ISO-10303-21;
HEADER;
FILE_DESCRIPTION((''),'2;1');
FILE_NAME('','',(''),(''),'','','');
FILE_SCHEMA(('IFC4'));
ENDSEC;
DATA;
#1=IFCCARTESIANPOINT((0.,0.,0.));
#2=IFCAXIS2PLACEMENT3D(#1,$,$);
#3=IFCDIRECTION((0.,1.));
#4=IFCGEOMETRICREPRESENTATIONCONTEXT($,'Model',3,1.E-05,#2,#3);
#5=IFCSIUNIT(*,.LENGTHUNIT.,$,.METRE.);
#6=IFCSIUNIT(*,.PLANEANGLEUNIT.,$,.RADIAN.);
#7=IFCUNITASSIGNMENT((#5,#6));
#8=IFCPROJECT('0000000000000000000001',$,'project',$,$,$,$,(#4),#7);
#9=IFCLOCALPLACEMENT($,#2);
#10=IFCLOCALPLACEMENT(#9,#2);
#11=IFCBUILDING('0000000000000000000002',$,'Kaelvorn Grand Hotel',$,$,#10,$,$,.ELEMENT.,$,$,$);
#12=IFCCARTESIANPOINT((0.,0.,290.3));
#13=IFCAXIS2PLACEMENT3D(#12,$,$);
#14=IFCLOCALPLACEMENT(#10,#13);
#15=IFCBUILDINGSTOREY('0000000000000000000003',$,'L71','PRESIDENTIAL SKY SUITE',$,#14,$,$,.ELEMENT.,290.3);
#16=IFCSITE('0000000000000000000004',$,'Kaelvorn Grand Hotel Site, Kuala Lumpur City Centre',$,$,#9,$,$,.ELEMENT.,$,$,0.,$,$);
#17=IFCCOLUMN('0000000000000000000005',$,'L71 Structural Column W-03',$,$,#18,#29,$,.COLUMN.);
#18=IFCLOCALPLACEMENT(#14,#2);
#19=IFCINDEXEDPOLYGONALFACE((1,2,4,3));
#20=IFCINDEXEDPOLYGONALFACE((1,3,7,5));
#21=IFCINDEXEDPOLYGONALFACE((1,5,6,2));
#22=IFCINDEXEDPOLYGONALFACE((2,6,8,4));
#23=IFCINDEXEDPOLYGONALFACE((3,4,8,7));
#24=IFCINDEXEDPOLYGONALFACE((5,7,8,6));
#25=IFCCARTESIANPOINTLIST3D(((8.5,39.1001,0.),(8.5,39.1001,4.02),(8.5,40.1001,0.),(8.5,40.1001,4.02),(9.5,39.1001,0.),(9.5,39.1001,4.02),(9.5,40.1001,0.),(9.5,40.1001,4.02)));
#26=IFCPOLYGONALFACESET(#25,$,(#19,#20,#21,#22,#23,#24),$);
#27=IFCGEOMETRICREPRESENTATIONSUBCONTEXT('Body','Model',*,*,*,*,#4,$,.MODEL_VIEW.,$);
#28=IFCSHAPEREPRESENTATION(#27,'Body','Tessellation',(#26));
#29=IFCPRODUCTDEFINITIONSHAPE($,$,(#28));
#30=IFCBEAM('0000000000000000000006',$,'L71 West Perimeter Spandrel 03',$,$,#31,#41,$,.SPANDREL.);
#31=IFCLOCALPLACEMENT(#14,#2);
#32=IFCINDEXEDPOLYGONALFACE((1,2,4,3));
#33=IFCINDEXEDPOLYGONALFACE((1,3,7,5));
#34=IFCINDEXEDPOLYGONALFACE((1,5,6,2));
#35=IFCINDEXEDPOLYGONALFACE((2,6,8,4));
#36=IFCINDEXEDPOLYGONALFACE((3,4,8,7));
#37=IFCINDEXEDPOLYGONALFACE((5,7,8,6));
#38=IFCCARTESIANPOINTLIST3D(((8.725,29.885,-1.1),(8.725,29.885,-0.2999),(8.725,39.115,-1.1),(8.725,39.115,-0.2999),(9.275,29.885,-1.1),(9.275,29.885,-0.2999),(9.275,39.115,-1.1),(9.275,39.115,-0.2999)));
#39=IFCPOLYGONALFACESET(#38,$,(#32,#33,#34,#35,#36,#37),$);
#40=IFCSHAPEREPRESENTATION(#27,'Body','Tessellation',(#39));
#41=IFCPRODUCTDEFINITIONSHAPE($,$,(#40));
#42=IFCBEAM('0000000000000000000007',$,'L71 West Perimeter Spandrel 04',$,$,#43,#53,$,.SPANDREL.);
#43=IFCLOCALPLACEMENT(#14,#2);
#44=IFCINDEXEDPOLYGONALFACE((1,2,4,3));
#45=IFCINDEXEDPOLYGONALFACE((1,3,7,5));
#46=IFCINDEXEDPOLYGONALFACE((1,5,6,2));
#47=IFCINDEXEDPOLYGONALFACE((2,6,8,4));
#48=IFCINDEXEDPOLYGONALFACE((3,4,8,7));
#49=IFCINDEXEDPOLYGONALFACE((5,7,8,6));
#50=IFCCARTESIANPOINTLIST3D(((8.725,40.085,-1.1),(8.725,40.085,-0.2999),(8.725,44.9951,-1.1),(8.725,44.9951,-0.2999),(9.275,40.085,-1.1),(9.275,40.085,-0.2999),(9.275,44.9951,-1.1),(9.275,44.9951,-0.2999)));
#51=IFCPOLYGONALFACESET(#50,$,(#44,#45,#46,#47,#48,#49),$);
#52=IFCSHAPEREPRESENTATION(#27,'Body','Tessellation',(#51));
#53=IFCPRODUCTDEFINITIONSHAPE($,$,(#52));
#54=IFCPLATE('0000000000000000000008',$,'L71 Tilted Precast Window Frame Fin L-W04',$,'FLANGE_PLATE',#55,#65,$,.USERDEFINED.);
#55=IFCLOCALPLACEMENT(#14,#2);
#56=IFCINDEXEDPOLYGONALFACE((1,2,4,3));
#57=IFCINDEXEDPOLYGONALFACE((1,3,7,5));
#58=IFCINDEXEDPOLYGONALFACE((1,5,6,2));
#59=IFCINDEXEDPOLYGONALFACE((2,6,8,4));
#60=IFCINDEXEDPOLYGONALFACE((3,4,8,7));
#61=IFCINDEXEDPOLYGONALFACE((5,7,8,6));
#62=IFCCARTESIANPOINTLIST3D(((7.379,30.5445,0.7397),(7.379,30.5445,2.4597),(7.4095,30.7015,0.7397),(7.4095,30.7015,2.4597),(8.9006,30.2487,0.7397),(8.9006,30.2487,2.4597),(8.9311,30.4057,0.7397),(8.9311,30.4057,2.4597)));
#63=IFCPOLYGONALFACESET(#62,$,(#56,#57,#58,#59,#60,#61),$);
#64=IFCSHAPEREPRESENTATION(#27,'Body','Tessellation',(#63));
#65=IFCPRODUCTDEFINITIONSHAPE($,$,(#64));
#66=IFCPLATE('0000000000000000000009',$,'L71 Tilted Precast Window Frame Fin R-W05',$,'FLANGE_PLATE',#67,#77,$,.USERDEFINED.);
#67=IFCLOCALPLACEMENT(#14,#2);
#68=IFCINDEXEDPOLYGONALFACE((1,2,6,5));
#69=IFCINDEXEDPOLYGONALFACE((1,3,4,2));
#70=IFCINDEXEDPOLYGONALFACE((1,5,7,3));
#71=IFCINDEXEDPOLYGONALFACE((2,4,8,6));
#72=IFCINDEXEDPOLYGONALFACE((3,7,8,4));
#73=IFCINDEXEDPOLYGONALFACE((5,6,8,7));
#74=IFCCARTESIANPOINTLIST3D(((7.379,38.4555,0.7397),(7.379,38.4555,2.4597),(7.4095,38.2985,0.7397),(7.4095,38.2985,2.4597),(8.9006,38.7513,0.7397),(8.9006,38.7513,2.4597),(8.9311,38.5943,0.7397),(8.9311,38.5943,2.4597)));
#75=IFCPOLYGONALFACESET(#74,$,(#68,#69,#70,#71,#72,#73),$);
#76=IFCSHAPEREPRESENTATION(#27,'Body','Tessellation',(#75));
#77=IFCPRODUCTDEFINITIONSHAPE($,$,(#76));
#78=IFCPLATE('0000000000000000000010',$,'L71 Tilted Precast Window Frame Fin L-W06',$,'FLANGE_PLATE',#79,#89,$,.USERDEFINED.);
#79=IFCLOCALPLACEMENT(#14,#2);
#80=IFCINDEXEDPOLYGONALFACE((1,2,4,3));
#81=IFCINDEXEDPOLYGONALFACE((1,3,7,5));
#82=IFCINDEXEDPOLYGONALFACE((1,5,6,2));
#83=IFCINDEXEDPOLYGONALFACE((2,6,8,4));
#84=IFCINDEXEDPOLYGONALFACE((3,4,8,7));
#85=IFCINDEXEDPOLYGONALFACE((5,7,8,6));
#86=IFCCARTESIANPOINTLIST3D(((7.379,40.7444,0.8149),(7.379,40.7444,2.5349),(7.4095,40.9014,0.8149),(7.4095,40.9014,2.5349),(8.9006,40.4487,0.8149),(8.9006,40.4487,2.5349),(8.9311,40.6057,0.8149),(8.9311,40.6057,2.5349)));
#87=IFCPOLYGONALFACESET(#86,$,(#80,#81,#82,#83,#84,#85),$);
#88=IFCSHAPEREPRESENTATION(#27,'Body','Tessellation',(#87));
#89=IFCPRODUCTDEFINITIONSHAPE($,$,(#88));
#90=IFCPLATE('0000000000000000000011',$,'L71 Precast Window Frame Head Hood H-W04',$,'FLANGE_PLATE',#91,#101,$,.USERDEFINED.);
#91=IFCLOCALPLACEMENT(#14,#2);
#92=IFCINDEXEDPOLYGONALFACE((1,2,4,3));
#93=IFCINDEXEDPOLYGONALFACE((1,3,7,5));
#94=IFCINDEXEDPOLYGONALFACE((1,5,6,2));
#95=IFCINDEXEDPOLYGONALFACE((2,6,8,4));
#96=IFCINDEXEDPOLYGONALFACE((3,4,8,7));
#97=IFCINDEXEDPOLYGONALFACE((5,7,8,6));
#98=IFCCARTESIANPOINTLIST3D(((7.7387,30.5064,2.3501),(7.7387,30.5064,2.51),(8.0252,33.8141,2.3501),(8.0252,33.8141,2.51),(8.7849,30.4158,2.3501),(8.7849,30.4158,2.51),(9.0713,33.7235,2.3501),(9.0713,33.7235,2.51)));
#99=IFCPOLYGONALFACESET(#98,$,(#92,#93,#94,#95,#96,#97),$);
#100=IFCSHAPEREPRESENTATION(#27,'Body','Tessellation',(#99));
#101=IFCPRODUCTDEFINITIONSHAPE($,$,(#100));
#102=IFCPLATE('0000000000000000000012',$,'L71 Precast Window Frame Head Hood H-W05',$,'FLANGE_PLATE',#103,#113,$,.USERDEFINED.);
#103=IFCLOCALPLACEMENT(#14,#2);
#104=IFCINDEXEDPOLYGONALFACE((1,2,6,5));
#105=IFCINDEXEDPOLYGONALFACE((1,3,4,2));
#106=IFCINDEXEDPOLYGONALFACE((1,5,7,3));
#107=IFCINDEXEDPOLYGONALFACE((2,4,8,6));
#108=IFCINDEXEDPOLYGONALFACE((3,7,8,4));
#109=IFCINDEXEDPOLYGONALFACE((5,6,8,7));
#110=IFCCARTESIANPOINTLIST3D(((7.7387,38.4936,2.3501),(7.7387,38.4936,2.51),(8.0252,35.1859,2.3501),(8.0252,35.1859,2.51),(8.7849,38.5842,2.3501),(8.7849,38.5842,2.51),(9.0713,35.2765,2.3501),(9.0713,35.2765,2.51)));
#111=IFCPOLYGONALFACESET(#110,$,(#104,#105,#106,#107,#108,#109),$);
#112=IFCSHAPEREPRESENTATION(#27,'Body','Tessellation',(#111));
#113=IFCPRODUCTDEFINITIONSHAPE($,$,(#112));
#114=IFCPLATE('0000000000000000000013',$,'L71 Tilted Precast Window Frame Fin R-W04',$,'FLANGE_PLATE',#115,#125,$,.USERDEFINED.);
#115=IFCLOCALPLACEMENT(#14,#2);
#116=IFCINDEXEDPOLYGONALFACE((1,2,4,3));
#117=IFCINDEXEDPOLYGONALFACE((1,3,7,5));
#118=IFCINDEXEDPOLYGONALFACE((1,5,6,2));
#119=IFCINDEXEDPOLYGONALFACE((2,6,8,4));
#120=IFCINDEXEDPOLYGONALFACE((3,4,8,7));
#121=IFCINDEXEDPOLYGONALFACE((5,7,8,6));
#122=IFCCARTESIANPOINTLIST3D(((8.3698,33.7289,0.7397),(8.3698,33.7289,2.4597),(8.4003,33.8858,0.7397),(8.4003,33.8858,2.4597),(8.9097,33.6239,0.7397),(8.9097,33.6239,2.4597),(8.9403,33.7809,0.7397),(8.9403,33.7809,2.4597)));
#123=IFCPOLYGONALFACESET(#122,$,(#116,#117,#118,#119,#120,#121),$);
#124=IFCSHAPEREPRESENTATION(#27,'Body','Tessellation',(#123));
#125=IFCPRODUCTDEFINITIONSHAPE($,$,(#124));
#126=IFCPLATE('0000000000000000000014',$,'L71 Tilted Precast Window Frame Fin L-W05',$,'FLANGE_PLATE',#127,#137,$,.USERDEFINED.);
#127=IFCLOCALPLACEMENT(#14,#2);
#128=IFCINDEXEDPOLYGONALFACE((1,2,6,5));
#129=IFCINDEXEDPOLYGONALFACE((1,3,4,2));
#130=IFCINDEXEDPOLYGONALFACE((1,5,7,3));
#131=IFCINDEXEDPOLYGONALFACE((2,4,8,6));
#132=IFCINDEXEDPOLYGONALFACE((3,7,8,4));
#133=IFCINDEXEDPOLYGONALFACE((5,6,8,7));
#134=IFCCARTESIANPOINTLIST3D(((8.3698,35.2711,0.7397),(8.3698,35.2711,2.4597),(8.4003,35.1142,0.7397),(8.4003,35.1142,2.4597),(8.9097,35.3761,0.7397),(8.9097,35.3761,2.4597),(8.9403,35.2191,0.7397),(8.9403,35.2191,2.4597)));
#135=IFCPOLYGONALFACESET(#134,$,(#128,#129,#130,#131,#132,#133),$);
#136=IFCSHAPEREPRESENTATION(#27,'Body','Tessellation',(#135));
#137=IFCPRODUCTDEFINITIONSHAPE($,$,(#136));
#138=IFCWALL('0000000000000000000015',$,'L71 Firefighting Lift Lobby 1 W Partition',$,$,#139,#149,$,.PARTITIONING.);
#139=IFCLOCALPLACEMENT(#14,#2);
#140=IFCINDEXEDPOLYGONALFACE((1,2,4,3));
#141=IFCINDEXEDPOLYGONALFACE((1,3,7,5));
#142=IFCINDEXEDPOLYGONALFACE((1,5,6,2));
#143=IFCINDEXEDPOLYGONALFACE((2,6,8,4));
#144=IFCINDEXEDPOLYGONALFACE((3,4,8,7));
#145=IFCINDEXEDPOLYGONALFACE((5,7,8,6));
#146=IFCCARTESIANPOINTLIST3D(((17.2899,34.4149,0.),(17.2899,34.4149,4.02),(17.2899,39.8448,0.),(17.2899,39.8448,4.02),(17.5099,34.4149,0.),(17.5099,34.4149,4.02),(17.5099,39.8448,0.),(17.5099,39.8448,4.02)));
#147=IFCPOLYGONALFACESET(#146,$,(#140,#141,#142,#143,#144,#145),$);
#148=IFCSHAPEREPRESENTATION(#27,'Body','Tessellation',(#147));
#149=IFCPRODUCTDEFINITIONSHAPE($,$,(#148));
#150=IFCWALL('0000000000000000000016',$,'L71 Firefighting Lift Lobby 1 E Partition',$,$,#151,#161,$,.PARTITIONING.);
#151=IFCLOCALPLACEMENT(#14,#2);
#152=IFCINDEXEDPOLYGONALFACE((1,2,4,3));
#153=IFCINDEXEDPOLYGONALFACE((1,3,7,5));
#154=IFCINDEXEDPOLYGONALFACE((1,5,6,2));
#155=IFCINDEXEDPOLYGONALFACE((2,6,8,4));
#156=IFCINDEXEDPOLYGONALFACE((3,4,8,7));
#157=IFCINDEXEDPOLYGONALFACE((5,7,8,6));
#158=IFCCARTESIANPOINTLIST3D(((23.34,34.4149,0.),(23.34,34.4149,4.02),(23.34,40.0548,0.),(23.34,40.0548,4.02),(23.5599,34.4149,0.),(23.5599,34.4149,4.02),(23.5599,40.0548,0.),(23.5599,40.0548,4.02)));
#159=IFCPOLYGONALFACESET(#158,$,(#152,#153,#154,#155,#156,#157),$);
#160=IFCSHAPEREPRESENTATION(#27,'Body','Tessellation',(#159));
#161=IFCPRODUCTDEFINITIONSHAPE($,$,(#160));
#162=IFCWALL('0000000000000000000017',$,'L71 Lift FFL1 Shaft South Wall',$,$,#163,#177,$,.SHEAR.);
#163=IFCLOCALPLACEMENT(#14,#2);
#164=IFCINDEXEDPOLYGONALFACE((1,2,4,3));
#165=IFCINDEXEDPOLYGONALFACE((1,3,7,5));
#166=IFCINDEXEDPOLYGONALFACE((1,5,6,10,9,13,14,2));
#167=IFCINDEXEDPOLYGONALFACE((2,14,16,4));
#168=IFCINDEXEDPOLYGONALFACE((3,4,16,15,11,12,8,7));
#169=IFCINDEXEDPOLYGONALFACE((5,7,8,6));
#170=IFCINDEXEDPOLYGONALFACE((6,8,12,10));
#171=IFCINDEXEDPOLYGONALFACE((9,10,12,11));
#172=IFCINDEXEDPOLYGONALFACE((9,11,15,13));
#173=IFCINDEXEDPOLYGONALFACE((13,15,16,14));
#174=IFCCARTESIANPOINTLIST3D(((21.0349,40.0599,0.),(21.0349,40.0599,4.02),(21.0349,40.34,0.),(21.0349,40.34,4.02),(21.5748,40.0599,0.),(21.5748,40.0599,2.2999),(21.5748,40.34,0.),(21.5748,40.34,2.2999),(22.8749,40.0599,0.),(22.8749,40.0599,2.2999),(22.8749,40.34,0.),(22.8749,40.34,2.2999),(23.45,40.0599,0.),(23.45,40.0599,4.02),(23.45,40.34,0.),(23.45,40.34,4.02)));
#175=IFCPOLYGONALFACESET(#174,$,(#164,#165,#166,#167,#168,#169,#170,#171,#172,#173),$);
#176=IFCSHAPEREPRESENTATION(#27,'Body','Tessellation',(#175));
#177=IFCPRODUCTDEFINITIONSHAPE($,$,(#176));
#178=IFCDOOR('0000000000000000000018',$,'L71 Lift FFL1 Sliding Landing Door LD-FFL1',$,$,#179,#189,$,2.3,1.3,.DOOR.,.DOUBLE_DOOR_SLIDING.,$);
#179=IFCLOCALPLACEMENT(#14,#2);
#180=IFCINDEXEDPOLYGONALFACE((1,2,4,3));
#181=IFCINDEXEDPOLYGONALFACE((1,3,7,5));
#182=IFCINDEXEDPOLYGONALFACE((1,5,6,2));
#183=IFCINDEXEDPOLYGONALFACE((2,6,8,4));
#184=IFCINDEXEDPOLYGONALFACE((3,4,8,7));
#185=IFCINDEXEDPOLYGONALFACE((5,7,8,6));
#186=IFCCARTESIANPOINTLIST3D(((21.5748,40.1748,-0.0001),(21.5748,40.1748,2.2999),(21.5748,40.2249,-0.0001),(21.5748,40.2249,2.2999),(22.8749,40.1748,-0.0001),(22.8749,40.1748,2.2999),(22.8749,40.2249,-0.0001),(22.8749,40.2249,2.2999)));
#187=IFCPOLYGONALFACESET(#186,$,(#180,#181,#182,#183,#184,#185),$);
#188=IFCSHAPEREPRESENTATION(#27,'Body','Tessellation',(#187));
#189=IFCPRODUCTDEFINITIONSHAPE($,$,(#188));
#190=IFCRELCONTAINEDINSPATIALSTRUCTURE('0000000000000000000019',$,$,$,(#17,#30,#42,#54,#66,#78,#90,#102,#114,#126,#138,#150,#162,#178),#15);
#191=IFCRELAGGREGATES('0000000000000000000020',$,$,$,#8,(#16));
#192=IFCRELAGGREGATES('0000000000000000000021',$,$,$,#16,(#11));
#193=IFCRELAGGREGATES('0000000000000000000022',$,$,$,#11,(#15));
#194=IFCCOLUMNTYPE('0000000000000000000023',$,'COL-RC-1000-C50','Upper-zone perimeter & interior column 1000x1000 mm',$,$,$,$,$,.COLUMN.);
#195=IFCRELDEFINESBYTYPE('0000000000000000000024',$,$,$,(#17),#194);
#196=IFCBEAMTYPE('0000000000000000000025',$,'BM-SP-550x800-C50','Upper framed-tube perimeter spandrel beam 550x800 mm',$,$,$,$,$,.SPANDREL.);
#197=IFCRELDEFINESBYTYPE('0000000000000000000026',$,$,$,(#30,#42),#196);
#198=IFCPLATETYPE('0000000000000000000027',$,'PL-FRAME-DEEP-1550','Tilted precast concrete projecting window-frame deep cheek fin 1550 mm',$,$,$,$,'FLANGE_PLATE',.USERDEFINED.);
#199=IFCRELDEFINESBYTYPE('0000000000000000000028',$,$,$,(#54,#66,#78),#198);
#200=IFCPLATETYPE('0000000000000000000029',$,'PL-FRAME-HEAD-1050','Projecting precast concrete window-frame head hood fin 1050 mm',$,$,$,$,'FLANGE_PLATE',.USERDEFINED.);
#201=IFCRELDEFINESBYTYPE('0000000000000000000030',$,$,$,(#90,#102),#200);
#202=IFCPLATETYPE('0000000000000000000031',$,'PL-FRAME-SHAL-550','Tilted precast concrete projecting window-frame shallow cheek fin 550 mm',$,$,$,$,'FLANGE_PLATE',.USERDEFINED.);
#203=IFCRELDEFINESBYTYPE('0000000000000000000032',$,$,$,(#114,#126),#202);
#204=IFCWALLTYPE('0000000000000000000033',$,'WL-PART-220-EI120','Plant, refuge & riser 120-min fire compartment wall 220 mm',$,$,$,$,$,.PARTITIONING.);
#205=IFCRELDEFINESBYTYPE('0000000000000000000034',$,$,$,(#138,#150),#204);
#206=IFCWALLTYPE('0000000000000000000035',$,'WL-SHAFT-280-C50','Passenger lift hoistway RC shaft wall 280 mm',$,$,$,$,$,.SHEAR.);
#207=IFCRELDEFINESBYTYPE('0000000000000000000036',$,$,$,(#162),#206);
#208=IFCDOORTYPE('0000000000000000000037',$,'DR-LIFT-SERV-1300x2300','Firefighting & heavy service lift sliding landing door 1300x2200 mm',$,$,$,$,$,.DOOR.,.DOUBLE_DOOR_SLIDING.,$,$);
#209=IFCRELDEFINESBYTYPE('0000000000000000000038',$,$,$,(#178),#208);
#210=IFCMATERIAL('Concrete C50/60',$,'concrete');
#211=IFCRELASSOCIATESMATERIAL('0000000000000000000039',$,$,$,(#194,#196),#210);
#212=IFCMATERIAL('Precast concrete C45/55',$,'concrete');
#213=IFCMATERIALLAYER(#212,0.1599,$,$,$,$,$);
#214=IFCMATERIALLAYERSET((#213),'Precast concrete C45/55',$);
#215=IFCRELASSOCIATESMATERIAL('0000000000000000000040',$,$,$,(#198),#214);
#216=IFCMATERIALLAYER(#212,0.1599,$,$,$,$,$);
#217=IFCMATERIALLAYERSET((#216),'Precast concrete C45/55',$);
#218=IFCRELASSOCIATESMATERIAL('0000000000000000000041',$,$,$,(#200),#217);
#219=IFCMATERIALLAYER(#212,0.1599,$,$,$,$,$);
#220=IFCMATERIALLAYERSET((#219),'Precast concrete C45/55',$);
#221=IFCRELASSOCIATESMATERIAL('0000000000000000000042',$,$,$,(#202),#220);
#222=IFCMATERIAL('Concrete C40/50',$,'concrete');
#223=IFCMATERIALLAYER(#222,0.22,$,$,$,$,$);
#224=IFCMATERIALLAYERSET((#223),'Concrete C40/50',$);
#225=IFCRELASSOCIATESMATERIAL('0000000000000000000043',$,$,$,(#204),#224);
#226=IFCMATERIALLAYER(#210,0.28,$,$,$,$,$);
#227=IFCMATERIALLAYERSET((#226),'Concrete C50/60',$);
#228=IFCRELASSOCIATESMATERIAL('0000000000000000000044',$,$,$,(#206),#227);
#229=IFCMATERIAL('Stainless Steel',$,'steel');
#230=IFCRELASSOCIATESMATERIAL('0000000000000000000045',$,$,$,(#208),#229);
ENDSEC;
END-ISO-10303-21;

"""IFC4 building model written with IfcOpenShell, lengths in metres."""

from ifc_helpers import new_model, si_unit, direction, frame, frame_2d, origin, origin_2d, place, context, subcontext, project, spatial, rectangle, extrude, material, layer, layer_set, material_profile, profile_set, type_object, element, fill, save


model = new_model("IFC4")

# Units and contexts
model_context = context("Model", 3, precision=1e-05, world=origin(), true_north=direction((0.0, 1.0)))
body_context = subcontext(model_context, "Body", "Model", "MODEL_VIEW")
ifc_project = project(units=[si_unit("LENGTHUNIT", "METRE"), si_unit("PLANEANGLEUNIT", "RADIAN")], contexts=[model_context])

# Site, building, storey
site_placement = place(None, origin())
site = spatial("IfcSite", under=ifc_project, at=site_placement, Name="Kaelvorn Grand Hotel Site, Kuala Lumpur City Centre", CompositionType="ELEMENT", RefElevation=0.0)
building_placement = place(site_placement, origin())
building = spatial("IfcBuilding", under=site, at=building_placement, Name="Kaelvorn Grand Hotel", CompositionType="ELEMENT")
storey_placement = place(building_placement, frame((0.0, 0.0, 290.3)))
storey = spatial("IfcBuildingStorey", under=building, at=storey_placement, Name="L71", Description="PRESIDENTIAL SKY SUITE", CompositionType="ELEMENT", Elevation=290.3)

# Column
ifc_material_1 = material(Name="Concrete C50/60", Category="concrete")
ifc_material_profile_1 = material_profile(ifc_material_1, rectangle(XDim=1.0, YDim=1.0, at=origin_2d()), Name="RC COL 1000x1000")
ifc_profile_set_1 = profile_set([ifc_material_profile_1], Name="Concrete C50/60")
column_type = type_object("IfcColumnType", Name="COL-RC-1000-C50", Description="Upper-zone perimeter & interior column 1000x1000 mm", PredefinedType="COLUMN", material=ifc_profile_set_1)
column_placement = place(storey_placement, frame((9.0, 39.6001, 0.0), z_axis=(0.0, 0.0, 1.0), x_axis=(1.0, 0.0, 0.0)))
element("IfcColumn", 1, at=column_placement, inside=storey, type_object=column_type, Name="L71 Structural Column W-03", PredefinedType="COLUMN", context=body_context, shape_type="SweptSolid", body=[
    extrude(rectangle(XDim=1.0, YDim=1.0, at=origin_2d()), origin(), (0.0, 0.0, 1.0), 4.02),
])

# Beams
ifc_material_profile_2 = material_profile(ifc_material_1, rectangle(XDim=0.55, YDim=0.8, at=origin_2d()), Name="RC SPANDREL 550x800")
ifc_profile_set_2 = profile_set([ifc_material_profile_2], Name="Concrete C50/60")
beam_type = type_object("IfcBeamType", Name="BM-SP-550x800-C50", Description="Upper framed-tube perimeter spandrel beam 550x800 mm", PredefinedType="SPANDREL", material=ifc_profile_set_2)
beam_1_placement = place(storey_placement, frame((9.0, 29.885, -0.7), z_axis=(0.0, 1.0, 0.0), x_axis=(-1.0, 0.0, 0.0)))
element("IfcBeam", 2, at=beam_1_placement, inside=storey, type_object=beam_type, Name="L71 West Perimeter Spandrel 03", PredefinedType="SPANDREL", context=body_context, shape_type="SweptSolid", body=[
    extrude(rectangle(XDim=0.55, YDim=0.8, at=origin_2d()), origin(), (0.0, 0.0, 1.0), 9.23),
])
beam_2_placement = place(storey_placement, frame((9.0, 40.085, -0.7), z_axis=(0.0, 1.0, 0.0), x_axis=(-1.0, 0.0, 0.0)))
element("IfcBeam", 3, at=beam_2_placement, inside=storey, type_object=beam_type, Name="L71 West Perimeter Spandrel 04", PredefinedType="SPANDREL", context=body_context, shape_type="SweptSolid", body=[
    extrude(rectangle(XDim=0.55, YDim=0.8, at=origin_2d()), origin(), (0.0, 0.0, 1.0), 4.9102),
])

# Plates
ifc_material_2 = material(Name="Precast concrete C45/55", Category="concrete")
ifc_layer_1 = layer(ifc_material_2, 0.1599)
ifc_layer_set_1 = layer_set([ifc_layer_1], Name="Precast concrete C45/55")
plate_type_1 = type_object("IfcPlateType", Name="PL-FRAME-DEEP-1550", Description="Tilted precast concrete projecting window-frame deep cheek fin 1550 mm", ElementType="FLANGE_PLATE", PredefinedType="USERDEFINED", material=ifc_layer_set_1)
for number, where, z_axis, x_axis, name in (
    (4, (8.155, 30.4751, 0.7397), (0.0, 0.0, 1.0), (0.190809, 0.981627, 0.0), "L71 Tilted Precast Window Frame Fin L-W04"),
    (5, (8.155, 38.5249, 0.7397), (0.0, 0.0, 1.0), (-0.190809, 0.981627, 0.0), "L71 Tilted Precast Window Frame Fin R-W05"),
    (6, (8.155, 40.675, 0.8149), (0.0, 0.0, 1.0), (0.190809, 0.981627, 0.0), "L71 Tilted Precast Window Frame Fin L-W06"),
):
    element("IfcPlate", number, at=place(storey_placement, frame(where, z_axis=z_axis, x_axis=x_axis)), inside=storey, type_object=plate_type_1, Name=name, ObjectType="FLANGE_PLATE", PredefinedType="USERDEFINED", context=body_context, shape_type="SweptSolid", body=[
        extrude(rectangle(XDim=0.1599, YDim=1.55, at=origin_2d()), origin(), (0.0, 0.0, 1.0), 1.72),
    ])
ifc_layer_2 = layer(ifc_material_2, 0.1599)
ifc_layer_set_2 = layer_set([ifc_layer_2], Name="Precast concrete C45/55")
plate_type_2 = type_object("IfcPlateType", Name="PL-FRAME-HEAD-1050", Description="Projecting precast concrete window-frame head hood fin 1050 mm", ElementType="FLANGE_PLATE", PredefinedType="USERDEFINED", material=ifc_layer_set_2)
for number, where, z_axis, x_axis, name in (
    (7, (8.405, 32.115, 2.3501), (0.0, 0.0, 1.0), (0.086286, 0.99627, 0.0), "L71 Precast Window Frame Head Hood H-W04"),
    (8, (8.405, 36.885, 2.3501), (0.0, 0.0, 1.0), (-0.086286, 0.99627, 0.0), "L71 Precast Window Frame Head Hood H-W05"),
):
    element("IfcPlate", number, at=place(storey_placement, frame(where, z_axis=z_axis, x_axis=x_axis)), inside=storey, type_object=plate_type_2, Name=name, ObjectType="FLANGE_PLATE", PredefinedType="USERDEFINED", context=body_context, shape_type="SweptSolid", body=[
        extrude(rectangle(XDim=3.3201, YDim=1.05, at=origin_2d()), origin(), (0.0, 0.0, 1.0), 0.1599),
    ])
ifc_layer_3 = layer(ifc_material_2, 0.1599)
ifc_layer_set_3 = layer_set([ifc_layer_3], Name="Precast concrete C45/55")
plate_type_3 = type_object("IfcPlateType", Name="PL-FRAME-SHAL-550", Description="Tilted precast concrete projecting window-frame shallow cheek fin 550 mm", ElementType="FLANGE_PLATE", PredefinedType="USERDEFINED", material=ifc_layer_set_3)
for number, where, z_axis, x_axis, name in (
    (9, (8.655, 33.7549, 0.7397), (0.0, 0.0, 1.0), (0.190809, 0.981627, 0.0), "L71 Tilted Precast Window Frame Fin R-W04"),
    (10, (8.655, 35.2451, 0.7397), (0.0, 0.0, 1.0), (-0.190809, 0.981627, 0.0), "L71 Tilted Precast Window Frame Fin L-W05"),
):
    element("IfcPlate", number, at=place(storey_placement, frame(where, z_axis=z_axis, x_axis=x_axis)), inside=storey, type_object=plate_type_3, Name=name, ObjectType="FLANGE_PLATE", PredefinedType="USERDEFINED", context=body_context, shape_type="SweptSolid", body=[
        extrude(rectangle(XDim=0.1599, YDim=0.55, at=origin_2d()), origin(), (0.0, 0.0, 1.0), 1.72),
    ])

# Shared definitions
ifc_material_3 = material(Name="Concrete C40/50", Category="concrete")
ifc_layer_4 = layer(ifc_material_3, 0.22)
ifc_layer_set_4 = layer_set([ifc_layer_4], Name="Concrete C40/50")
wall_type_1 = type_object("IfcWallType", Name="WL-PART-220-EI120", Description="Plant, refuge & riser 120-min fire compartment wall 220 mm", PredefinedType="PARTITIONING", material=ifc_layer_set_4)

# Walls
wall_1_placement = place(storey_placement, frame((17.3999, 34.415, 0.0), z_axis=(0.0, 0.0, 1.0), x_axis=(0.0, 1.0, 0.0)))
element("IfcWall", 11, at=wall_1_placement, inside=storey, type_object=wall_type_1, Name="L71 Firefighting Lift Lobby 1 W Partition", PredefinedType="PARTITIONING", context=body_context, shape_type="SweptSolid", body=[
    extrude(rectangle(XDim=5.4299, YDim=0.22, at=frame_2d((2.7148, 0.0))), origin(), (0.0, 0.0, 1.0), 4.02),
])
wall_2_placement = place(storey_placement, frame((23.45, 34.415, 0.0), z_axis=(0.0, 0.0, 1.0), x_axis=(0.0, 1.0, 0.0)))
element("IfcWall", 12, at=wall_2_placement, inside=storey, type_object=wall_type_1, Name="L71 Firefighting Lift Lobby 1 E Partition", PredefinedType="PARTITIONING", context=body_context, shape_type="SweptSolid", body=[
    extrude(rectangle(XDim=5.6399, YDim=0.22, at=frame_2d((2.8198, 0.0))), origin(), (0.0, 0.0, 1.0), 4.02),
])

# Wall, opening, door
ifc_layer_5 = layer(ifc_material_1, 0.28)
ifc_layer_set_5 = layer_set([ifc_layer_5], Name="Concrete C50/60")
wall_type_2 = type_object("IfcWallType", Name="WL-SHAFT-280-C50", Description="Passenger lift hoistway RC shaft wall 280 mm", PredefinedType="SHEAR", material=ifc_layer_set_5)
wall_3_placement = place(storey_placement, frame((21.0349, 40.2, 0.0), z_axis=(0.0, 0.0, 1.0), x_axis=(1.0, 0.0, 0.0)))
wall_3 = element("IfcWall", 13, at=wall_3_placement, inside=storey, type_object=wall_type_2, Name="L71 Lift FFL1 Shaft South Wall", PredefinedType="SHEAR", context=body_context, shape_type="SweptSolid", body=[
    extrude(rectangle(XDim=2.415, YDim=0.28, at=frame_2d((1.2075, 0.0))), origin(), (0.0, 0.0, 1.0), 4.02),
])
opening_1_placement = place(wall_3_placement, frame((0.54, 0.0, 0.0)))
opening_1 = element("IfcOpeningElement", 14, at=opening_1_placement, cuts=wall_3, PredefinedType="OPENING", context=body_context, shape_type="SweptSolid", body=[
    extrude(rectangle(XDim=1.3, YDim=2.3, at=frame_2d((0.6499, 1.1499))), frame((0.0, 0.1499, 0.0), z_axis=(0.0, -1.0, 0.0), x_axis=(1.0, 0.0, 0.0)), (0.0, 0.0, 1.0), 0.3),
])
ifc_material_4 = material(Name="Stainless Steel", Category="steel")
door_type_1 = type_object("IfcDoorType", Name="DR-LIFT-SERV-1300x2300", Description="Firefighting & heavy service lift sliding landing door 1300x2200 mm", OperationType="DOUBLE_DOOR_SLIDING", PredefinedType="DOOR", material=ifc_material_4)
door_1_placement = place(opening_1_placement, origin())
door_1 = element("IfcDoor", 15, at=door_1_placement, inside=storey, type_object=door_type_1, Name="L71 Lift FFL1 Sliding Landing Door LD-FFL1", OperationType="DOUBLE_DOOR_SLIDING", OverallHeight=2.3, OverallWidth=1.3, PredefinedType="DOOR", context=body_context, shape_type="SweptSolid", body=[
    extrude(rectangle(XDim=1.3, YDim=2.3, at=frame_2d((0.6499, 1.1499))), frame((0.0, 0.0249, 0.0), z_axis=(0.0, -1.0, 0.0), x_axis=(1.0, 0.0, 0.0)), (0.0, 0.0, 1.0), 0.05),
])
fill(opening_1, door_1)

save(model, "model.ifc")
